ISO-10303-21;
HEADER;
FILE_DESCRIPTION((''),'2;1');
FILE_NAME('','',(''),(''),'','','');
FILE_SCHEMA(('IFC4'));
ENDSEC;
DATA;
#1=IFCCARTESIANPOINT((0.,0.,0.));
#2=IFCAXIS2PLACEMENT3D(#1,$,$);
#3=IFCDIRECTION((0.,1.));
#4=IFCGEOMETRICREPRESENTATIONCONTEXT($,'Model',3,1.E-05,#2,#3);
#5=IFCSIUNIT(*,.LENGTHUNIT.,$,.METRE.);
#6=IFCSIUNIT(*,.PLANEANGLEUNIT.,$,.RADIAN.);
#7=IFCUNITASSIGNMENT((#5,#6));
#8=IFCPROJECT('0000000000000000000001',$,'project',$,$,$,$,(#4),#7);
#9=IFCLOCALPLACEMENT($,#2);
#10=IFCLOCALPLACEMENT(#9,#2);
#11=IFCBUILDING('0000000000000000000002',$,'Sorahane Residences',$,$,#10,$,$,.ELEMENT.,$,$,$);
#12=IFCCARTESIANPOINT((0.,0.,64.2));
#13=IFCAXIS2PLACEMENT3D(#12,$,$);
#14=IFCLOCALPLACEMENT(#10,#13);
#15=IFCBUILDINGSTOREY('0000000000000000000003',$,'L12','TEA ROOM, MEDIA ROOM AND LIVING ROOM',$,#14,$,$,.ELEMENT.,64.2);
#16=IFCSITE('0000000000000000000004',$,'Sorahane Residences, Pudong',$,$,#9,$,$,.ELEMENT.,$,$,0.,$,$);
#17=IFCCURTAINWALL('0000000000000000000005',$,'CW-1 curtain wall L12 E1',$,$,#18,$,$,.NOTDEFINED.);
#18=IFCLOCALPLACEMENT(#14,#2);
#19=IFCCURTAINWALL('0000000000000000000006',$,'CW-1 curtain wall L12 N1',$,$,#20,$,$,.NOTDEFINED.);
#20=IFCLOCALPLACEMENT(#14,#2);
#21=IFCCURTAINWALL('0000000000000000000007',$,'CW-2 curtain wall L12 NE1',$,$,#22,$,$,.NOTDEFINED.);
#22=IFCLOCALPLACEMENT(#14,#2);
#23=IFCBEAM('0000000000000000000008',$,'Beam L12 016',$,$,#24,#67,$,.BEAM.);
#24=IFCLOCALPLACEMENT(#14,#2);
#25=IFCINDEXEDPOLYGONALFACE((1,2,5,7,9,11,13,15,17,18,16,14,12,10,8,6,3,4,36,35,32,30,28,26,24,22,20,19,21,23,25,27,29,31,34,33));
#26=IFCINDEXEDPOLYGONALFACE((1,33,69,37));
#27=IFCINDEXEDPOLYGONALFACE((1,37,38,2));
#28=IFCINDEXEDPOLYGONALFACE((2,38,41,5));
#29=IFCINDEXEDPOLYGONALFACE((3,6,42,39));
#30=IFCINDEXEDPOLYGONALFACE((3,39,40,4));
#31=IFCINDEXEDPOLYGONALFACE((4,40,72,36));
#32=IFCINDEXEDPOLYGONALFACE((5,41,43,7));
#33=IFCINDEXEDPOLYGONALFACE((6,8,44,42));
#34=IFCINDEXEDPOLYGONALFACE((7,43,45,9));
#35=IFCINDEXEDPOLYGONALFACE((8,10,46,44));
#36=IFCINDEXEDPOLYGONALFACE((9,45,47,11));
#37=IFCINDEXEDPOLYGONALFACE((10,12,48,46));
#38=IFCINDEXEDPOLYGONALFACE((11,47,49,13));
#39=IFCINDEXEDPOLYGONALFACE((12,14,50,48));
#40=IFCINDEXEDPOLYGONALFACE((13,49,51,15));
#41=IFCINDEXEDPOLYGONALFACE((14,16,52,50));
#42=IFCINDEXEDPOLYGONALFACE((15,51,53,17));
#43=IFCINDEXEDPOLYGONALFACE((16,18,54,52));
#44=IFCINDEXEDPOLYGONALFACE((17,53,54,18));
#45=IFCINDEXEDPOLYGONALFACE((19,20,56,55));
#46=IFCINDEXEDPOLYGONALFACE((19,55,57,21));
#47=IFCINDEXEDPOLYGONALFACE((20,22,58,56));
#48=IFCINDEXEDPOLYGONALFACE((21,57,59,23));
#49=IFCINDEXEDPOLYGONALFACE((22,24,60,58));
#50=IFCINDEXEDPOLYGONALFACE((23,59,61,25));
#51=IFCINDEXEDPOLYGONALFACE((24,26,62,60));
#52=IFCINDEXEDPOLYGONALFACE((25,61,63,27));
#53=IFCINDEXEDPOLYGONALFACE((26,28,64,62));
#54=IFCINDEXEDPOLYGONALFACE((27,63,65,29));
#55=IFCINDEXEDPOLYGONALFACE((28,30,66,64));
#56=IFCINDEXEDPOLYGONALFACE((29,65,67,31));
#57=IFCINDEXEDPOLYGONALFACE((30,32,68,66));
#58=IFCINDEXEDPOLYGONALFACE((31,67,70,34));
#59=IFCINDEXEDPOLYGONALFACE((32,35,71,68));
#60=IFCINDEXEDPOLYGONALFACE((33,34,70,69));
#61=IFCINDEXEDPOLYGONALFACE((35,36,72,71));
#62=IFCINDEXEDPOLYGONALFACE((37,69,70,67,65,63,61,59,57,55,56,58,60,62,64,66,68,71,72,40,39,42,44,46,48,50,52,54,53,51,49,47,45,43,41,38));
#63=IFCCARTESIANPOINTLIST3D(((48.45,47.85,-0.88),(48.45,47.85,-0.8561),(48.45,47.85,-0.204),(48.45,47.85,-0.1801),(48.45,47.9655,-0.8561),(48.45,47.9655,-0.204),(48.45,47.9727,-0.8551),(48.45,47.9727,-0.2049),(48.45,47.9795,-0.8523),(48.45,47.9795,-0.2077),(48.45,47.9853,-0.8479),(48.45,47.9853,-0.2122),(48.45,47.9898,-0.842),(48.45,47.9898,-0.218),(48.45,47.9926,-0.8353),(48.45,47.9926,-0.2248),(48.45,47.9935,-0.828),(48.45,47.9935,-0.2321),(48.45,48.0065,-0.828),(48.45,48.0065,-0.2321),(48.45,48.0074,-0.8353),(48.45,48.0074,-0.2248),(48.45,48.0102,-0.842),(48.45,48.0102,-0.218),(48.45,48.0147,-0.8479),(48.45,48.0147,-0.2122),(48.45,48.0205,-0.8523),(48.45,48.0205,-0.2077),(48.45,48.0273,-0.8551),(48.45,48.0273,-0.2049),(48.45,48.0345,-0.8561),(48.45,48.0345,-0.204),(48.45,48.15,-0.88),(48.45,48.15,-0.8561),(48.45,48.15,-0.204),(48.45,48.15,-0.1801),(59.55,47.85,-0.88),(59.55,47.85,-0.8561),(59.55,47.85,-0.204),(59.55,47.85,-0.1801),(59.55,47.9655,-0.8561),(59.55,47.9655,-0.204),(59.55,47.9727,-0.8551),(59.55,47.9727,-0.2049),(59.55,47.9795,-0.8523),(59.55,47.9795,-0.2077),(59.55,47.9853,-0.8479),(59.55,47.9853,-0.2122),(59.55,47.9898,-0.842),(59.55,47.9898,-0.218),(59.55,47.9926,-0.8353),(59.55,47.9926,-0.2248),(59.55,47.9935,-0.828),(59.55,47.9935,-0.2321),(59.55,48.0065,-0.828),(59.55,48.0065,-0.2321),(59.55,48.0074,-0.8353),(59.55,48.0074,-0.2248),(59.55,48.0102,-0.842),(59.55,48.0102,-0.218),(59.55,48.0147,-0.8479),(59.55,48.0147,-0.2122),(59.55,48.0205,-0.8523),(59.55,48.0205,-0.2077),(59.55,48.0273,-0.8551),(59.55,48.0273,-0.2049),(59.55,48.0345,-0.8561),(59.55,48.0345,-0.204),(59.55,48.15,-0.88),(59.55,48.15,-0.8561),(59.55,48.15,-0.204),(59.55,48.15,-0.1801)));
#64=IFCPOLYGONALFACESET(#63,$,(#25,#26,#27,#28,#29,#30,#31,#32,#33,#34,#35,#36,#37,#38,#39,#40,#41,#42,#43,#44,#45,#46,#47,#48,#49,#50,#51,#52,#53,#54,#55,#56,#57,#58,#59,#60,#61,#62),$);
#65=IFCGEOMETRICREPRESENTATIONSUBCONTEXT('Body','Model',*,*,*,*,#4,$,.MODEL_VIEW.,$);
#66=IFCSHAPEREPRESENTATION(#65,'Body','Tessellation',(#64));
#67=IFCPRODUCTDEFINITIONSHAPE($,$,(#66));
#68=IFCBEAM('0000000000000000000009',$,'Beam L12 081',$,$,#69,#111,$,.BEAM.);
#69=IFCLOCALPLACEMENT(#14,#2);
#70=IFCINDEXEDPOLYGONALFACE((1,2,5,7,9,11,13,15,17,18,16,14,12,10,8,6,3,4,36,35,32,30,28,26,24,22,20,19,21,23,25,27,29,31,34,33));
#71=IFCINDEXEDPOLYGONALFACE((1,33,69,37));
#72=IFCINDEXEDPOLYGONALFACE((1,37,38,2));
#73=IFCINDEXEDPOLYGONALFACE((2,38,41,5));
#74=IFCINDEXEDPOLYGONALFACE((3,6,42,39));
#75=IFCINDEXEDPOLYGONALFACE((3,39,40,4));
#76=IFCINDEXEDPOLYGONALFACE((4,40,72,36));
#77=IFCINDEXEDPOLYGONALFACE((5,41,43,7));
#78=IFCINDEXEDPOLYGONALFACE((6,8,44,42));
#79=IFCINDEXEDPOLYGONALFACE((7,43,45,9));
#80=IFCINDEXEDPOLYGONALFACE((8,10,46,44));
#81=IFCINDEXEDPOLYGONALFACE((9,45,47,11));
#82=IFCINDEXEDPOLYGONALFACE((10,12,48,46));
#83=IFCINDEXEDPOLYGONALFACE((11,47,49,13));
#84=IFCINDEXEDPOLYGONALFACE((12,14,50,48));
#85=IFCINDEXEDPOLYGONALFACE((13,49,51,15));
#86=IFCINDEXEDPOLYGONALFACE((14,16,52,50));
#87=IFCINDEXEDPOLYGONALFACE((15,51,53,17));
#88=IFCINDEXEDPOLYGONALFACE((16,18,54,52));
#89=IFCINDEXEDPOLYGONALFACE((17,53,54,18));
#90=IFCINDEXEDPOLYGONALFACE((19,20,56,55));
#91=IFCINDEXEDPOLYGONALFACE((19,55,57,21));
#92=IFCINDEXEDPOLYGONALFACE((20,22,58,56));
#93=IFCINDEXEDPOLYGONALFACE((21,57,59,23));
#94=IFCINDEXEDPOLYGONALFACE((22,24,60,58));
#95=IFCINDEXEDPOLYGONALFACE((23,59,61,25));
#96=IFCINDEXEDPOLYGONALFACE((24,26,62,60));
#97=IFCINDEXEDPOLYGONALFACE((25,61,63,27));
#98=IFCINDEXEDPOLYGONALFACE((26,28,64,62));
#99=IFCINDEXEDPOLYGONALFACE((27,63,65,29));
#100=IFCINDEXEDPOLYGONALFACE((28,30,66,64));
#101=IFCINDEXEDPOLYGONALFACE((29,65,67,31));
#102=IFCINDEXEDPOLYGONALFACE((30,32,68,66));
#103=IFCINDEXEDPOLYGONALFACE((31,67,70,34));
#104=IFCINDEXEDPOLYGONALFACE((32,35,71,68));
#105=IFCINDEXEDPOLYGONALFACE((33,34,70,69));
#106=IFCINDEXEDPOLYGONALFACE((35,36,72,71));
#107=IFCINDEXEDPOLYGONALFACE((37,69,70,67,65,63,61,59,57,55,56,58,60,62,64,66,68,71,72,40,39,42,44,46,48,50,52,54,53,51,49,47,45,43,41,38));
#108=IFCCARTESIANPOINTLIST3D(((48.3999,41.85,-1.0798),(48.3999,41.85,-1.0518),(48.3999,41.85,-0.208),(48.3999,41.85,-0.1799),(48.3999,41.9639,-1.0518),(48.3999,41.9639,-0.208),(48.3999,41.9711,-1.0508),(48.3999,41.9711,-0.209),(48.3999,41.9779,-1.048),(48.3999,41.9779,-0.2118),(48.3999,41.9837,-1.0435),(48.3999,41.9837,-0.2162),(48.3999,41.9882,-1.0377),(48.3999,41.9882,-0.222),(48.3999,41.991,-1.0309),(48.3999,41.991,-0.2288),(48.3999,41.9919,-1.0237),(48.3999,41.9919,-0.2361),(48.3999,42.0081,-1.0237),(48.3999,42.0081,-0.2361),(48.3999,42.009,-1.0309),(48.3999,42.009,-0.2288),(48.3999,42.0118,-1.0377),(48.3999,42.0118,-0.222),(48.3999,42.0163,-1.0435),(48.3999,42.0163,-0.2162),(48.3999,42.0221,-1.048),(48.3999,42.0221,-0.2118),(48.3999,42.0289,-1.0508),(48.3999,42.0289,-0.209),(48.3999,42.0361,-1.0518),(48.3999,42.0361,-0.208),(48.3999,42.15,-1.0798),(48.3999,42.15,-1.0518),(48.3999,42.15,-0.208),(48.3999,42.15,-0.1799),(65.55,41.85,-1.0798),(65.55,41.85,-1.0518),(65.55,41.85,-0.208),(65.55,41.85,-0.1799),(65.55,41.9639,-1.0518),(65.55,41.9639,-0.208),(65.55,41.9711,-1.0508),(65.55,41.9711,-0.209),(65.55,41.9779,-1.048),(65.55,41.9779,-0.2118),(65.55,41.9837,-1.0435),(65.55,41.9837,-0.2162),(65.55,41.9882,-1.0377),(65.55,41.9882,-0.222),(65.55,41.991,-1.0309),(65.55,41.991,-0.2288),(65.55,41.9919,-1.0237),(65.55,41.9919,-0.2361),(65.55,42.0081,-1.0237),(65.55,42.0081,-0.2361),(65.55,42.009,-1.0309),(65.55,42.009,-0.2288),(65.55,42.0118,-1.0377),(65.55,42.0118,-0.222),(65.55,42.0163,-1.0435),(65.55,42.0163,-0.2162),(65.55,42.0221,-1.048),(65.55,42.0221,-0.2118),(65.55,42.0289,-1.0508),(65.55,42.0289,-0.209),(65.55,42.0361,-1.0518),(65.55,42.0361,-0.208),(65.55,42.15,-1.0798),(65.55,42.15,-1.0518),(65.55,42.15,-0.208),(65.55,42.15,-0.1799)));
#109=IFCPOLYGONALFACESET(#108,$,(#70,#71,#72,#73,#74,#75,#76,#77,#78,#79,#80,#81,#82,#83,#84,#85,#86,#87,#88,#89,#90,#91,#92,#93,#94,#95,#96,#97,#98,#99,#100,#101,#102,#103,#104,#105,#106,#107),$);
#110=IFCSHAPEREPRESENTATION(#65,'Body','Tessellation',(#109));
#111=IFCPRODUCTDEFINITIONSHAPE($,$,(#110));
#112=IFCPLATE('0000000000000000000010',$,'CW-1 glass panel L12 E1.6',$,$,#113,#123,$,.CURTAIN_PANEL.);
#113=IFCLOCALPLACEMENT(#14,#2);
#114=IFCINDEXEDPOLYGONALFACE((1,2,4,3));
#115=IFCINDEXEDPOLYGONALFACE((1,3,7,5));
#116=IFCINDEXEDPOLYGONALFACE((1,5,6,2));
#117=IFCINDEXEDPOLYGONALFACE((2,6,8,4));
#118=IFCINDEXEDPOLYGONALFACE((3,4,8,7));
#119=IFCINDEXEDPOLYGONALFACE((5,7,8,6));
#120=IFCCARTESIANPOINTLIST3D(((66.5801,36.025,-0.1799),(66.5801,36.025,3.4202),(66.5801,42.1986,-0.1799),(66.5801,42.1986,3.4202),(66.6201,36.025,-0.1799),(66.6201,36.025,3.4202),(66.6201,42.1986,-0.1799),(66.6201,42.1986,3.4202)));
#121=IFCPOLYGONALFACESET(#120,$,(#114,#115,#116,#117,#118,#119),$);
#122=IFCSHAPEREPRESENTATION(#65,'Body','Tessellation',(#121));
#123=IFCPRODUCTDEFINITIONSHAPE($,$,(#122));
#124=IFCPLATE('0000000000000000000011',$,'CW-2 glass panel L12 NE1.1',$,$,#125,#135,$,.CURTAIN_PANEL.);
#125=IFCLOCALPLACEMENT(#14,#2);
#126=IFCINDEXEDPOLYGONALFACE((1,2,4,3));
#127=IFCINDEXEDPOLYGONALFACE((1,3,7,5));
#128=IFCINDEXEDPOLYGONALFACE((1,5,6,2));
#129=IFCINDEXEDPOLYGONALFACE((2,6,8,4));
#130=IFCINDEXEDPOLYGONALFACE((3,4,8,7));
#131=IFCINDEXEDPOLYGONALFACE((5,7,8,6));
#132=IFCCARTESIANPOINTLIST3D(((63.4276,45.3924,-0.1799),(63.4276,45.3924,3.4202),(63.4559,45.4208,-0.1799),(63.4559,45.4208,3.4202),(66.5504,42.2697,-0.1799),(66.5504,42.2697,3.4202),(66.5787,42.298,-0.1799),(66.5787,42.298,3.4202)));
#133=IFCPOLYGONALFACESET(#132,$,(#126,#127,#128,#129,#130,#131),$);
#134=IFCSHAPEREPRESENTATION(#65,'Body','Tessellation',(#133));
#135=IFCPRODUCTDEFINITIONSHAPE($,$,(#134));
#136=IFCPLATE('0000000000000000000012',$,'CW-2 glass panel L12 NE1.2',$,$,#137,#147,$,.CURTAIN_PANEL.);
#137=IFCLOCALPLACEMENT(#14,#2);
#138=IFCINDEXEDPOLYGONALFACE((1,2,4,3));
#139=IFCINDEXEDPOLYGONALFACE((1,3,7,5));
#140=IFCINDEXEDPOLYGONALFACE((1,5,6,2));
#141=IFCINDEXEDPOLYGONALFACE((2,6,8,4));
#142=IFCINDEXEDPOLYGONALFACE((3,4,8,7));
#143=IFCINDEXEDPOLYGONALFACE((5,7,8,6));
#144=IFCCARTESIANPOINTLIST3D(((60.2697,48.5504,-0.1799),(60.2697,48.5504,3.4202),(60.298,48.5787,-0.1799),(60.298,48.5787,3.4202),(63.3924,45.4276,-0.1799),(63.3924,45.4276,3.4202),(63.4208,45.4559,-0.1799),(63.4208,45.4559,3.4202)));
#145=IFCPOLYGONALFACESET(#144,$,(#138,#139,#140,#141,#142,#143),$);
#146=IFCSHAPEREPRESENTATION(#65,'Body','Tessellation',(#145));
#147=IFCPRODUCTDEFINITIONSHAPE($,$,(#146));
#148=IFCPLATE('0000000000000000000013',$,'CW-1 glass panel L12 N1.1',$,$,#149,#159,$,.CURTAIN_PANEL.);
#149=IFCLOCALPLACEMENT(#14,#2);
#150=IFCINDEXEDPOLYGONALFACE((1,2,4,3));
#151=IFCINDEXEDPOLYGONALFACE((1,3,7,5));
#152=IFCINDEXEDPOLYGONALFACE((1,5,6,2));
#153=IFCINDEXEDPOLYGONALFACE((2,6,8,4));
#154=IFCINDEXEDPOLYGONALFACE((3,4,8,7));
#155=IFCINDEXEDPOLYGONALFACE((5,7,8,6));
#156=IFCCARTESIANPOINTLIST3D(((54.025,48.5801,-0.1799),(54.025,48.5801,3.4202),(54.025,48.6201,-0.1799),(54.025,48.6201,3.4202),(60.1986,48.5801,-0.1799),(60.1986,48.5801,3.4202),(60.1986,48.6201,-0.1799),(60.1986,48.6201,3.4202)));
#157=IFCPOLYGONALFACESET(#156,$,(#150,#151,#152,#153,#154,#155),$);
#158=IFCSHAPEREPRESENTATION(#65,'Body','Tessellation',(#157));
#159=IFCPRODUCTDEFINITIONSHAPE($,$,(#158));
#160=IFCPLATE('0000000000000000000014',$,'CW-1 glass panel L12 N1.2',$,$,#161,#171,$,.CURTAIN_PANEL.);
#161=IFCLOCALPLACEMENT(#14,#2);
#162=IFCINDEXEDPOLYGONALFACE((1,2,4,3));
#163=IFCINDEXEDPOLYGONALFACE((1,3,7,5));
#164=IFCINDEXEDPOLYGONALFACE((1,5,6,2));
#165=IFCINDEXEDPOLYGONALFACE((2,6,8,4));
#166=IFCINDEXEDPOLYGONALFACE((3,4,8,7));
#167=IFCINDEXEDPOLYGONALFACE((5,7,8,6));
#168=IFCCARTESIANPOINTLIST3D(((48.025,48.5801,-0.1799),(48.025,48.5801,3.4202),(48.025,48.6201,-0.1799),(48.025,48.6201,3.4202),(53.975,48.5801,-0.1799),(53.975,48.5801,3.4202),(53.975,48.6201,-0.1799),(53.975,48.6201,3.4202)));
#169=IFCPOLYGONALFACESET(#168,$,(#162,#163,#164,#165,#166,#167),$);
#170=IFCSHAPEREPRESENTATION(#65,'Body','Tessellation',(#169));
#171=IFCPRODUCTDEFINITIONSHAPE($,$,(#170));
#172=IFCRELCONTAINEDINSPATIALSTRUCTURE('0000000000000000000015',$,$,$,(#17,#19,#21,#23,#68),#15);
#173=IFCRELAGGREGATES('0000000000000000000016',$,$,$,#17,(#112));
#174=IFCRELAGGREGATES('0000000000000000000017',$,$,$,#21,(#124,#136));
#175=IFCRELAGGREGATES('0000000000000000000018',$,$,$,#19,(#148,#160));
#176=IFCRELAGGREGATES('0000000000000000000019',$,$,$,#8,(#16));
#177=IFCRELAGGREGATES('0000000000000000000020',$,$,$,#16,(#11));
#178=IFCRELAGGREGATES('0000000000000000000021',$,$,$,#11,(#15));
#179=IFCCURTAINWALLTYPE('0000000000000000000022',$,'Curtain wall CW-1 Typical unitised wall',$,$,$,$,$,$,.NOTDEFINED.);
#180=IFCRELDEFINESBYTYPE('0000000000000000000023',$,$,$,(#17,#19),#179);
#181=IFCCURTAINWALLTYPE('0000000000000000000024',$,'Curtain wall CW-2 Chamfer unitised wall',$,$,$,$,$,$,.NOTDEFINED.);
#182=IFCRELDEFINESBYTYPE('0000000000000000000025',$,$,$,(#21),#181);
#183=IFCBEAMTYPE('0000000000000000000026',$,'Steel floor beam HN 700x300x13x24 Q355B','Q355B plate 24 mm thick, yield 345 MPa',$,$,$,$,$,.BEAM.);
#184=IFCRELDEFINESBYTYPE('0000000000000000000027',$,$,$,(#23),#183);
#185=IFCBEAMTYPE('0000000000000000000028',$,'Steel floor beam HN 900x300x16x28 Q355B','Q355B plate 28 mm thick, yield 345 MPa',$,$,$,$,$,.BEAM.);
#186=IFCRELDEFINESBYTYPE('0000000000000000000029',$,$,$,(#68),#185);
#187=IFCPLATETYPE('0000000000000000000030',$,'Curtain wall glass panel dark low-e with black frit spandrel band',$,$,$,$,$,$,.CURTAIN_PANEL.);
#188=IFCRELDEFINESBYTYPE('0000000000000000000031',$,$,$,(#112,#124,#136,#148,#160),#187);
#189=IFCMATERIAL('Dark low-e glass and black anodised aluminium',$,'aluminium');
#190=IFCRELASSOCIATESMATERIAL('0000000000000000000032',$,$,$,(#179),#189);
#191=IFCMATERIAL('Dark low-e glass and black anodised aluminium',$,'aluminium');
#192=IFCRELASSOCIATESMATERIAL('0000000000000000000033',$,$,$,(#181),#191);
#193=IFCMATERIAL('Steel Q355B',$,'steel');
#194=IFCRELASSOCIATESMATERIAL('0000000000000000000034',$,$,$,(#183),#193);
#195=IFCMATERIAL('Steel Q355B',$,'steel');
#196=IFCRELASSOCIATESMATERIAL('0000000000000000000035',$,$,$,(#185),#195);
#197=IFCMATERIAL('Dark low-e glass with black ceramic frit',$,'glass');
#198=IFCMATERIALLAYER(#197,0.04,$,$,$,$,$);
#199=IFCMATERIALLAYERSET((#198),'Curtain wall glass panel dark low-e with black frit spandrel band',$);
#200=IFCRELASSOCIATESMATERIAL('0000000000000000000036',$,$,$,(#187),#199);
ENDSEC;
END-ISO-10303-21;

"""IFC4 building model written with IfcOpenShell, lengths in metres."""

from ifc_helpers import new_model, si_unit, direction, frame, origin, origin_2d, place, context, subcontext, project, spatial, rectangle, i_section, extrude, material, layer, layer_set, material_profile, profile_set, type_object, element, aggregate, save


model = new_model("IFC4")

# Units and contexts
model_context = context("Model", 3, precision=1e-05, world=origin(), true_north=direction((0.0, 1.0)))
body_context = subcontext(model_context, "Body", "Model", "MODEL_VIEW")
ifc_project = project(units=[si_unit("LENGTHUNIT", "METRE"), si_unit("PLANEANGLEUNIT", "RADIAN")], contexts=[model_context])

# Site, building, storey
site_placement = place(None, origin())
site = spatial("IfcSite", under=ifc_project, at=site_placement, Name="Sorahane Residences, Pudong", CompositionType="ELEMENT", RefElevation=0.0)
building_placement = place(site_placement, origin())
building = spatial("IfcBuilding", under=site, at=building_placement, Name="Sorahane Residences", CompositionType="ELEMENT")
storey_placement = place(building_placement, frame((0.0, 0.0, 64.2)))
storey = spatial("IfcBuildingStorey", under=building, at=storey_placement, Name="L12", Description="TEA ROOM, MEDIA ROOM AND LIVING ROOM", CompositionType="ELEMENT", Elevation=64.2)

# Curtain walls
ifc_material_1 = material(Name="Dark low-e glass and black anodised aluminium", Category="aluminium")
curtain_wall_type_1 = type_object("IfcCurtainWallType", Name="Curtain wall CW-1 Typical unitised wall", PredefinedType="NOTDEFINED", material=ifc_material_1)
curtain_wall_1_placement = place(storey_placement, origin())
curtain_wall_1 = element("IfcCurtainWall", 1, at=curtain_wall_1_placement, inside=storey, type_object=curtain_wall_type_1, Name="CW-1 curtain wall L12 E1", PredefinedType="NOTDEFINED")
curtain_wall_2_placement = place(storey_placement, origin())
curtain_wall_2 = element("IfcCurtainWall", 2, at=curtain_wall_2_placement, inside=storey, type_object=curtain_wall_type_1, Name="CW-1 curtain wall L12 N1", PredefinedType="NOTDEFINED")
ifc_material_2 = material(Name="Dark low-e glass and black anodised aluminium", Category="aluminium")
curtain_wall_type_2 = type_object("IfcCurtainWallType", Name="Curtain wall CW-2 Chamfer unitised wall", PredefinedType="NOTDEFINED", material=ifc_material_2)
curtain_wall_3_placement = place(storey_placement, origin())
curtain_wall_3 = element("IfcCurtainWall", 3, at=curtain_wall_3_placement, inside=storey, type_object=curtain_wall_type_2, Name="CW-2 curtain wall L12 NE1", PredefinedType="NOTDEFINED")

# Beams
ifc_material_3 = material(Name="Steel Q355B", Category="steel")
ifc_material_profile_1 = material_profile(ifc_material_3, i_section(OverallWidth=0.3, OverallDepth=0.7, WebThickness=0.0129, FlangeThickness=0.0239, FilletRadius=0.0281, at=origin_2d()), Name="HN 700x300x13x24")
ifc_profile_set_1 = profile_set([ifc_material_profile_1], Name="Steel Q355B")
beam_type_1 = type_object("IfcBeamType", Name="Steel floor beam HN 700x300x13x24 Q355B", Description="Q355B plate 24 mm thick, yield 345 MPa", PredefinedType="BEAM", material=ifc_profile_set_1)
beam_1_placement = place(storey_placement, frame((48.45, 48.0, -0.53), z_axis=(1.0, 0.0, 0.0), x_axis=(0.0, 1.0, 0.0)))
element("IfcBeam", 4, at=beam_1_placement, inside=storey, type_object=beam_type_1, Name="Beam L12 016", PredefinedType="BEAM", context=body_context, shape_type="SweptSolid", body=[
    extrude(i_section(OverallWidth=0.3, OverallDepth=0.7, WebThickness=0.0129, FlangeThickness=0.0239, FilletRadius=0.0281, at=origin_2d()), origin(), (0.0, 0.0, 1.0), 11.1001),
])
ifc_material_4 = material(Name="Steel Q355B", Category="steel")
ifc_material_profile_2 = material_profile(ifc_material_4, i_section(OverallWidth=0.3, OverallDepth=0.8999, WebThickness=0.0161, FlangeThickness=0.0281, FilletRadius=0.0281, at=origin_2d()), Name="HN 900x300x16x28")
ifc_profile_set_2 = profile_set([ifc_material_profile_2], Name="Steel Q355B")
beam_type_2 = type_object("IfcBeamType", Name="Steel floor beam HN 900x300x16x28 Q355B", Description="Q355B plate 28 mm thick, yield 345 MPa", PredefinedType="BEAM", material=ifc_profile_set_2)
beam_2_placement = place(storey_placement, frame((48.3999, 42.0, -0.6299), z_axis=(1.0, 0.0, 0.0), x_axis=(0.0, 1.0, 0.0)))
element("IfcBeam", 5, at=beam_2_placement, inside=storey, type_object=beam_type_2, Name="Beam L12 081", PredefinedType="BEAM", context=body_context, shape_type="SweptSolid", body=[
    extrude(i_section(OverallWidth=0.3, OverallDepth=0.8999, WebThickness=0.0161, FlangeThickness=0.0281, FilletRadius=0.0281, at=origin_2d()), origin(), (0.0, 0.0, 1.0), 17.1501),
])

# Plates
ifc_material_5 = material(Name="Dark low-e glass with black ceramic frit", Category="glass")
ifc_layer_1 = layer(ifc_material_5, 0.04)
ifc_layer_set_1 = layer_set([ifc_layer_1], Name="Curtain wall glass panel dark low-e with black frit spandrel band")
plate_type = type_object("IfcPlateType", Name="Curtain wall glass panel dark low-e with black frit spandrel band", PredefinedType="CURTAIN_PANEL", material=ifc_layer_set_1)
plate_1_placement = place(storey_placement, frame((66.6001, 39.1118, -0.1799), z_axis=(0.0, 0.0, 1.0), x_axis=(0.0, 1.0, 0.0)))
plate_1 = element("IfcPlate", 6, at=plate_1_placement, type_object=plate_type, Name="CW-1 glass panel L12 E1.6", PredefinedType="CURTAIN_PANEL", context=body_context, shape_type="SweptSolid", body=[
    extrude(rectangle(XDim=6.1736, YDim=0.04, at=origin_2d()), origin(), (0.0, 0.0, 1.0), 3.6001),
])
aggregate(curtain_wall_1, [plate_1])
plate_2_placement = place(storey_placement, frame((65.0032, 43.8452, -0.1799), z_axis=(0.0, 0.0, 1.0), x_axis=(-0.707107, 0.707107, 0.0)))
plate_2 = element("IfcPlate", 7, at=plate_2_placement, type_object=plate_type, Name="CW-2 glass panel L12 NE1.1", PredefinedType="CURTAIN_PANEL", context=body_context, shape_type="SweptSolid", body=[
    extrude(rectangle(XDim=4.4163, YDim=0.04, at=origin_2d()), origin(), (0.0, 0.0, 1.0), 3.6001),
])
plate_3_placement = place(storey_placement, frame((61.8452, 47.0032, -0.1799), z_axis=(0.0, 0.0, 1.0), x_axis=(-0.707107, 0.707107, 0.0)))
plate_3 = element("IfcPlate", 8, at=plate_3_placement, type_object=plate_type, Name="CW-2 glass panel L12 NE1.2", PredefinedType="CURTAIN_PANEL", context=body_context, shape_type="SweptSolid", body=[
    extrude(rectangle(XDim=4.4163, YDim=0.04, at=origin_2d()), origin(), (0.0, 0.0, 1.0), 3.6001),
])
aggregate(curtain_wall_3, [plate_2, plate_3])
plate_4_placement = place(storey_placement, frame((57.1118, 48.6001, -0.1799), z_axis=(0.0, 0.0, 1.0), x_axis=(-1.0, 0.0, 0.0)))
plate_4 = element("IfcPlate", 9, at=plate_4_placement, type_object=plate_type, Name="CW-1 glass panel L12 N1.1", PredefinedType="CURTAIN_PANEL", context=body_context, shape_type="SweptSolid", body=[
    extrude(rectangle(XDim=6.1736, YDim=0.04, at=origin_2d()), origin(), (0.0, 0.0, 1.0), 3.6001),
])
plate_5_placement = place(storey_placement, frame((51.0, 48.6001, -0.1799), z_axis=(0.0, 0.0, 1.0), x_axis=(-1.0, 0.0, 0.0)))
plate_5 = element("IfcPlate", 10, at=plate_5_placement, type_object=plate_type, Name="CW-1 glass panel L12 N1.2", PredefinedType="CURTAIN_PANEL", context=body_context, shape_type="SweptSolid", body=[
    extrude(rectangle(XDim=5.95, YDim=0.04, at=origin_2d()), origin(), (0.0, 0.0, 1.0), 3.6001),
])
aggregate(curtain_wall_2, [plate_4, plate_5])

save(model, "model.ifc")
